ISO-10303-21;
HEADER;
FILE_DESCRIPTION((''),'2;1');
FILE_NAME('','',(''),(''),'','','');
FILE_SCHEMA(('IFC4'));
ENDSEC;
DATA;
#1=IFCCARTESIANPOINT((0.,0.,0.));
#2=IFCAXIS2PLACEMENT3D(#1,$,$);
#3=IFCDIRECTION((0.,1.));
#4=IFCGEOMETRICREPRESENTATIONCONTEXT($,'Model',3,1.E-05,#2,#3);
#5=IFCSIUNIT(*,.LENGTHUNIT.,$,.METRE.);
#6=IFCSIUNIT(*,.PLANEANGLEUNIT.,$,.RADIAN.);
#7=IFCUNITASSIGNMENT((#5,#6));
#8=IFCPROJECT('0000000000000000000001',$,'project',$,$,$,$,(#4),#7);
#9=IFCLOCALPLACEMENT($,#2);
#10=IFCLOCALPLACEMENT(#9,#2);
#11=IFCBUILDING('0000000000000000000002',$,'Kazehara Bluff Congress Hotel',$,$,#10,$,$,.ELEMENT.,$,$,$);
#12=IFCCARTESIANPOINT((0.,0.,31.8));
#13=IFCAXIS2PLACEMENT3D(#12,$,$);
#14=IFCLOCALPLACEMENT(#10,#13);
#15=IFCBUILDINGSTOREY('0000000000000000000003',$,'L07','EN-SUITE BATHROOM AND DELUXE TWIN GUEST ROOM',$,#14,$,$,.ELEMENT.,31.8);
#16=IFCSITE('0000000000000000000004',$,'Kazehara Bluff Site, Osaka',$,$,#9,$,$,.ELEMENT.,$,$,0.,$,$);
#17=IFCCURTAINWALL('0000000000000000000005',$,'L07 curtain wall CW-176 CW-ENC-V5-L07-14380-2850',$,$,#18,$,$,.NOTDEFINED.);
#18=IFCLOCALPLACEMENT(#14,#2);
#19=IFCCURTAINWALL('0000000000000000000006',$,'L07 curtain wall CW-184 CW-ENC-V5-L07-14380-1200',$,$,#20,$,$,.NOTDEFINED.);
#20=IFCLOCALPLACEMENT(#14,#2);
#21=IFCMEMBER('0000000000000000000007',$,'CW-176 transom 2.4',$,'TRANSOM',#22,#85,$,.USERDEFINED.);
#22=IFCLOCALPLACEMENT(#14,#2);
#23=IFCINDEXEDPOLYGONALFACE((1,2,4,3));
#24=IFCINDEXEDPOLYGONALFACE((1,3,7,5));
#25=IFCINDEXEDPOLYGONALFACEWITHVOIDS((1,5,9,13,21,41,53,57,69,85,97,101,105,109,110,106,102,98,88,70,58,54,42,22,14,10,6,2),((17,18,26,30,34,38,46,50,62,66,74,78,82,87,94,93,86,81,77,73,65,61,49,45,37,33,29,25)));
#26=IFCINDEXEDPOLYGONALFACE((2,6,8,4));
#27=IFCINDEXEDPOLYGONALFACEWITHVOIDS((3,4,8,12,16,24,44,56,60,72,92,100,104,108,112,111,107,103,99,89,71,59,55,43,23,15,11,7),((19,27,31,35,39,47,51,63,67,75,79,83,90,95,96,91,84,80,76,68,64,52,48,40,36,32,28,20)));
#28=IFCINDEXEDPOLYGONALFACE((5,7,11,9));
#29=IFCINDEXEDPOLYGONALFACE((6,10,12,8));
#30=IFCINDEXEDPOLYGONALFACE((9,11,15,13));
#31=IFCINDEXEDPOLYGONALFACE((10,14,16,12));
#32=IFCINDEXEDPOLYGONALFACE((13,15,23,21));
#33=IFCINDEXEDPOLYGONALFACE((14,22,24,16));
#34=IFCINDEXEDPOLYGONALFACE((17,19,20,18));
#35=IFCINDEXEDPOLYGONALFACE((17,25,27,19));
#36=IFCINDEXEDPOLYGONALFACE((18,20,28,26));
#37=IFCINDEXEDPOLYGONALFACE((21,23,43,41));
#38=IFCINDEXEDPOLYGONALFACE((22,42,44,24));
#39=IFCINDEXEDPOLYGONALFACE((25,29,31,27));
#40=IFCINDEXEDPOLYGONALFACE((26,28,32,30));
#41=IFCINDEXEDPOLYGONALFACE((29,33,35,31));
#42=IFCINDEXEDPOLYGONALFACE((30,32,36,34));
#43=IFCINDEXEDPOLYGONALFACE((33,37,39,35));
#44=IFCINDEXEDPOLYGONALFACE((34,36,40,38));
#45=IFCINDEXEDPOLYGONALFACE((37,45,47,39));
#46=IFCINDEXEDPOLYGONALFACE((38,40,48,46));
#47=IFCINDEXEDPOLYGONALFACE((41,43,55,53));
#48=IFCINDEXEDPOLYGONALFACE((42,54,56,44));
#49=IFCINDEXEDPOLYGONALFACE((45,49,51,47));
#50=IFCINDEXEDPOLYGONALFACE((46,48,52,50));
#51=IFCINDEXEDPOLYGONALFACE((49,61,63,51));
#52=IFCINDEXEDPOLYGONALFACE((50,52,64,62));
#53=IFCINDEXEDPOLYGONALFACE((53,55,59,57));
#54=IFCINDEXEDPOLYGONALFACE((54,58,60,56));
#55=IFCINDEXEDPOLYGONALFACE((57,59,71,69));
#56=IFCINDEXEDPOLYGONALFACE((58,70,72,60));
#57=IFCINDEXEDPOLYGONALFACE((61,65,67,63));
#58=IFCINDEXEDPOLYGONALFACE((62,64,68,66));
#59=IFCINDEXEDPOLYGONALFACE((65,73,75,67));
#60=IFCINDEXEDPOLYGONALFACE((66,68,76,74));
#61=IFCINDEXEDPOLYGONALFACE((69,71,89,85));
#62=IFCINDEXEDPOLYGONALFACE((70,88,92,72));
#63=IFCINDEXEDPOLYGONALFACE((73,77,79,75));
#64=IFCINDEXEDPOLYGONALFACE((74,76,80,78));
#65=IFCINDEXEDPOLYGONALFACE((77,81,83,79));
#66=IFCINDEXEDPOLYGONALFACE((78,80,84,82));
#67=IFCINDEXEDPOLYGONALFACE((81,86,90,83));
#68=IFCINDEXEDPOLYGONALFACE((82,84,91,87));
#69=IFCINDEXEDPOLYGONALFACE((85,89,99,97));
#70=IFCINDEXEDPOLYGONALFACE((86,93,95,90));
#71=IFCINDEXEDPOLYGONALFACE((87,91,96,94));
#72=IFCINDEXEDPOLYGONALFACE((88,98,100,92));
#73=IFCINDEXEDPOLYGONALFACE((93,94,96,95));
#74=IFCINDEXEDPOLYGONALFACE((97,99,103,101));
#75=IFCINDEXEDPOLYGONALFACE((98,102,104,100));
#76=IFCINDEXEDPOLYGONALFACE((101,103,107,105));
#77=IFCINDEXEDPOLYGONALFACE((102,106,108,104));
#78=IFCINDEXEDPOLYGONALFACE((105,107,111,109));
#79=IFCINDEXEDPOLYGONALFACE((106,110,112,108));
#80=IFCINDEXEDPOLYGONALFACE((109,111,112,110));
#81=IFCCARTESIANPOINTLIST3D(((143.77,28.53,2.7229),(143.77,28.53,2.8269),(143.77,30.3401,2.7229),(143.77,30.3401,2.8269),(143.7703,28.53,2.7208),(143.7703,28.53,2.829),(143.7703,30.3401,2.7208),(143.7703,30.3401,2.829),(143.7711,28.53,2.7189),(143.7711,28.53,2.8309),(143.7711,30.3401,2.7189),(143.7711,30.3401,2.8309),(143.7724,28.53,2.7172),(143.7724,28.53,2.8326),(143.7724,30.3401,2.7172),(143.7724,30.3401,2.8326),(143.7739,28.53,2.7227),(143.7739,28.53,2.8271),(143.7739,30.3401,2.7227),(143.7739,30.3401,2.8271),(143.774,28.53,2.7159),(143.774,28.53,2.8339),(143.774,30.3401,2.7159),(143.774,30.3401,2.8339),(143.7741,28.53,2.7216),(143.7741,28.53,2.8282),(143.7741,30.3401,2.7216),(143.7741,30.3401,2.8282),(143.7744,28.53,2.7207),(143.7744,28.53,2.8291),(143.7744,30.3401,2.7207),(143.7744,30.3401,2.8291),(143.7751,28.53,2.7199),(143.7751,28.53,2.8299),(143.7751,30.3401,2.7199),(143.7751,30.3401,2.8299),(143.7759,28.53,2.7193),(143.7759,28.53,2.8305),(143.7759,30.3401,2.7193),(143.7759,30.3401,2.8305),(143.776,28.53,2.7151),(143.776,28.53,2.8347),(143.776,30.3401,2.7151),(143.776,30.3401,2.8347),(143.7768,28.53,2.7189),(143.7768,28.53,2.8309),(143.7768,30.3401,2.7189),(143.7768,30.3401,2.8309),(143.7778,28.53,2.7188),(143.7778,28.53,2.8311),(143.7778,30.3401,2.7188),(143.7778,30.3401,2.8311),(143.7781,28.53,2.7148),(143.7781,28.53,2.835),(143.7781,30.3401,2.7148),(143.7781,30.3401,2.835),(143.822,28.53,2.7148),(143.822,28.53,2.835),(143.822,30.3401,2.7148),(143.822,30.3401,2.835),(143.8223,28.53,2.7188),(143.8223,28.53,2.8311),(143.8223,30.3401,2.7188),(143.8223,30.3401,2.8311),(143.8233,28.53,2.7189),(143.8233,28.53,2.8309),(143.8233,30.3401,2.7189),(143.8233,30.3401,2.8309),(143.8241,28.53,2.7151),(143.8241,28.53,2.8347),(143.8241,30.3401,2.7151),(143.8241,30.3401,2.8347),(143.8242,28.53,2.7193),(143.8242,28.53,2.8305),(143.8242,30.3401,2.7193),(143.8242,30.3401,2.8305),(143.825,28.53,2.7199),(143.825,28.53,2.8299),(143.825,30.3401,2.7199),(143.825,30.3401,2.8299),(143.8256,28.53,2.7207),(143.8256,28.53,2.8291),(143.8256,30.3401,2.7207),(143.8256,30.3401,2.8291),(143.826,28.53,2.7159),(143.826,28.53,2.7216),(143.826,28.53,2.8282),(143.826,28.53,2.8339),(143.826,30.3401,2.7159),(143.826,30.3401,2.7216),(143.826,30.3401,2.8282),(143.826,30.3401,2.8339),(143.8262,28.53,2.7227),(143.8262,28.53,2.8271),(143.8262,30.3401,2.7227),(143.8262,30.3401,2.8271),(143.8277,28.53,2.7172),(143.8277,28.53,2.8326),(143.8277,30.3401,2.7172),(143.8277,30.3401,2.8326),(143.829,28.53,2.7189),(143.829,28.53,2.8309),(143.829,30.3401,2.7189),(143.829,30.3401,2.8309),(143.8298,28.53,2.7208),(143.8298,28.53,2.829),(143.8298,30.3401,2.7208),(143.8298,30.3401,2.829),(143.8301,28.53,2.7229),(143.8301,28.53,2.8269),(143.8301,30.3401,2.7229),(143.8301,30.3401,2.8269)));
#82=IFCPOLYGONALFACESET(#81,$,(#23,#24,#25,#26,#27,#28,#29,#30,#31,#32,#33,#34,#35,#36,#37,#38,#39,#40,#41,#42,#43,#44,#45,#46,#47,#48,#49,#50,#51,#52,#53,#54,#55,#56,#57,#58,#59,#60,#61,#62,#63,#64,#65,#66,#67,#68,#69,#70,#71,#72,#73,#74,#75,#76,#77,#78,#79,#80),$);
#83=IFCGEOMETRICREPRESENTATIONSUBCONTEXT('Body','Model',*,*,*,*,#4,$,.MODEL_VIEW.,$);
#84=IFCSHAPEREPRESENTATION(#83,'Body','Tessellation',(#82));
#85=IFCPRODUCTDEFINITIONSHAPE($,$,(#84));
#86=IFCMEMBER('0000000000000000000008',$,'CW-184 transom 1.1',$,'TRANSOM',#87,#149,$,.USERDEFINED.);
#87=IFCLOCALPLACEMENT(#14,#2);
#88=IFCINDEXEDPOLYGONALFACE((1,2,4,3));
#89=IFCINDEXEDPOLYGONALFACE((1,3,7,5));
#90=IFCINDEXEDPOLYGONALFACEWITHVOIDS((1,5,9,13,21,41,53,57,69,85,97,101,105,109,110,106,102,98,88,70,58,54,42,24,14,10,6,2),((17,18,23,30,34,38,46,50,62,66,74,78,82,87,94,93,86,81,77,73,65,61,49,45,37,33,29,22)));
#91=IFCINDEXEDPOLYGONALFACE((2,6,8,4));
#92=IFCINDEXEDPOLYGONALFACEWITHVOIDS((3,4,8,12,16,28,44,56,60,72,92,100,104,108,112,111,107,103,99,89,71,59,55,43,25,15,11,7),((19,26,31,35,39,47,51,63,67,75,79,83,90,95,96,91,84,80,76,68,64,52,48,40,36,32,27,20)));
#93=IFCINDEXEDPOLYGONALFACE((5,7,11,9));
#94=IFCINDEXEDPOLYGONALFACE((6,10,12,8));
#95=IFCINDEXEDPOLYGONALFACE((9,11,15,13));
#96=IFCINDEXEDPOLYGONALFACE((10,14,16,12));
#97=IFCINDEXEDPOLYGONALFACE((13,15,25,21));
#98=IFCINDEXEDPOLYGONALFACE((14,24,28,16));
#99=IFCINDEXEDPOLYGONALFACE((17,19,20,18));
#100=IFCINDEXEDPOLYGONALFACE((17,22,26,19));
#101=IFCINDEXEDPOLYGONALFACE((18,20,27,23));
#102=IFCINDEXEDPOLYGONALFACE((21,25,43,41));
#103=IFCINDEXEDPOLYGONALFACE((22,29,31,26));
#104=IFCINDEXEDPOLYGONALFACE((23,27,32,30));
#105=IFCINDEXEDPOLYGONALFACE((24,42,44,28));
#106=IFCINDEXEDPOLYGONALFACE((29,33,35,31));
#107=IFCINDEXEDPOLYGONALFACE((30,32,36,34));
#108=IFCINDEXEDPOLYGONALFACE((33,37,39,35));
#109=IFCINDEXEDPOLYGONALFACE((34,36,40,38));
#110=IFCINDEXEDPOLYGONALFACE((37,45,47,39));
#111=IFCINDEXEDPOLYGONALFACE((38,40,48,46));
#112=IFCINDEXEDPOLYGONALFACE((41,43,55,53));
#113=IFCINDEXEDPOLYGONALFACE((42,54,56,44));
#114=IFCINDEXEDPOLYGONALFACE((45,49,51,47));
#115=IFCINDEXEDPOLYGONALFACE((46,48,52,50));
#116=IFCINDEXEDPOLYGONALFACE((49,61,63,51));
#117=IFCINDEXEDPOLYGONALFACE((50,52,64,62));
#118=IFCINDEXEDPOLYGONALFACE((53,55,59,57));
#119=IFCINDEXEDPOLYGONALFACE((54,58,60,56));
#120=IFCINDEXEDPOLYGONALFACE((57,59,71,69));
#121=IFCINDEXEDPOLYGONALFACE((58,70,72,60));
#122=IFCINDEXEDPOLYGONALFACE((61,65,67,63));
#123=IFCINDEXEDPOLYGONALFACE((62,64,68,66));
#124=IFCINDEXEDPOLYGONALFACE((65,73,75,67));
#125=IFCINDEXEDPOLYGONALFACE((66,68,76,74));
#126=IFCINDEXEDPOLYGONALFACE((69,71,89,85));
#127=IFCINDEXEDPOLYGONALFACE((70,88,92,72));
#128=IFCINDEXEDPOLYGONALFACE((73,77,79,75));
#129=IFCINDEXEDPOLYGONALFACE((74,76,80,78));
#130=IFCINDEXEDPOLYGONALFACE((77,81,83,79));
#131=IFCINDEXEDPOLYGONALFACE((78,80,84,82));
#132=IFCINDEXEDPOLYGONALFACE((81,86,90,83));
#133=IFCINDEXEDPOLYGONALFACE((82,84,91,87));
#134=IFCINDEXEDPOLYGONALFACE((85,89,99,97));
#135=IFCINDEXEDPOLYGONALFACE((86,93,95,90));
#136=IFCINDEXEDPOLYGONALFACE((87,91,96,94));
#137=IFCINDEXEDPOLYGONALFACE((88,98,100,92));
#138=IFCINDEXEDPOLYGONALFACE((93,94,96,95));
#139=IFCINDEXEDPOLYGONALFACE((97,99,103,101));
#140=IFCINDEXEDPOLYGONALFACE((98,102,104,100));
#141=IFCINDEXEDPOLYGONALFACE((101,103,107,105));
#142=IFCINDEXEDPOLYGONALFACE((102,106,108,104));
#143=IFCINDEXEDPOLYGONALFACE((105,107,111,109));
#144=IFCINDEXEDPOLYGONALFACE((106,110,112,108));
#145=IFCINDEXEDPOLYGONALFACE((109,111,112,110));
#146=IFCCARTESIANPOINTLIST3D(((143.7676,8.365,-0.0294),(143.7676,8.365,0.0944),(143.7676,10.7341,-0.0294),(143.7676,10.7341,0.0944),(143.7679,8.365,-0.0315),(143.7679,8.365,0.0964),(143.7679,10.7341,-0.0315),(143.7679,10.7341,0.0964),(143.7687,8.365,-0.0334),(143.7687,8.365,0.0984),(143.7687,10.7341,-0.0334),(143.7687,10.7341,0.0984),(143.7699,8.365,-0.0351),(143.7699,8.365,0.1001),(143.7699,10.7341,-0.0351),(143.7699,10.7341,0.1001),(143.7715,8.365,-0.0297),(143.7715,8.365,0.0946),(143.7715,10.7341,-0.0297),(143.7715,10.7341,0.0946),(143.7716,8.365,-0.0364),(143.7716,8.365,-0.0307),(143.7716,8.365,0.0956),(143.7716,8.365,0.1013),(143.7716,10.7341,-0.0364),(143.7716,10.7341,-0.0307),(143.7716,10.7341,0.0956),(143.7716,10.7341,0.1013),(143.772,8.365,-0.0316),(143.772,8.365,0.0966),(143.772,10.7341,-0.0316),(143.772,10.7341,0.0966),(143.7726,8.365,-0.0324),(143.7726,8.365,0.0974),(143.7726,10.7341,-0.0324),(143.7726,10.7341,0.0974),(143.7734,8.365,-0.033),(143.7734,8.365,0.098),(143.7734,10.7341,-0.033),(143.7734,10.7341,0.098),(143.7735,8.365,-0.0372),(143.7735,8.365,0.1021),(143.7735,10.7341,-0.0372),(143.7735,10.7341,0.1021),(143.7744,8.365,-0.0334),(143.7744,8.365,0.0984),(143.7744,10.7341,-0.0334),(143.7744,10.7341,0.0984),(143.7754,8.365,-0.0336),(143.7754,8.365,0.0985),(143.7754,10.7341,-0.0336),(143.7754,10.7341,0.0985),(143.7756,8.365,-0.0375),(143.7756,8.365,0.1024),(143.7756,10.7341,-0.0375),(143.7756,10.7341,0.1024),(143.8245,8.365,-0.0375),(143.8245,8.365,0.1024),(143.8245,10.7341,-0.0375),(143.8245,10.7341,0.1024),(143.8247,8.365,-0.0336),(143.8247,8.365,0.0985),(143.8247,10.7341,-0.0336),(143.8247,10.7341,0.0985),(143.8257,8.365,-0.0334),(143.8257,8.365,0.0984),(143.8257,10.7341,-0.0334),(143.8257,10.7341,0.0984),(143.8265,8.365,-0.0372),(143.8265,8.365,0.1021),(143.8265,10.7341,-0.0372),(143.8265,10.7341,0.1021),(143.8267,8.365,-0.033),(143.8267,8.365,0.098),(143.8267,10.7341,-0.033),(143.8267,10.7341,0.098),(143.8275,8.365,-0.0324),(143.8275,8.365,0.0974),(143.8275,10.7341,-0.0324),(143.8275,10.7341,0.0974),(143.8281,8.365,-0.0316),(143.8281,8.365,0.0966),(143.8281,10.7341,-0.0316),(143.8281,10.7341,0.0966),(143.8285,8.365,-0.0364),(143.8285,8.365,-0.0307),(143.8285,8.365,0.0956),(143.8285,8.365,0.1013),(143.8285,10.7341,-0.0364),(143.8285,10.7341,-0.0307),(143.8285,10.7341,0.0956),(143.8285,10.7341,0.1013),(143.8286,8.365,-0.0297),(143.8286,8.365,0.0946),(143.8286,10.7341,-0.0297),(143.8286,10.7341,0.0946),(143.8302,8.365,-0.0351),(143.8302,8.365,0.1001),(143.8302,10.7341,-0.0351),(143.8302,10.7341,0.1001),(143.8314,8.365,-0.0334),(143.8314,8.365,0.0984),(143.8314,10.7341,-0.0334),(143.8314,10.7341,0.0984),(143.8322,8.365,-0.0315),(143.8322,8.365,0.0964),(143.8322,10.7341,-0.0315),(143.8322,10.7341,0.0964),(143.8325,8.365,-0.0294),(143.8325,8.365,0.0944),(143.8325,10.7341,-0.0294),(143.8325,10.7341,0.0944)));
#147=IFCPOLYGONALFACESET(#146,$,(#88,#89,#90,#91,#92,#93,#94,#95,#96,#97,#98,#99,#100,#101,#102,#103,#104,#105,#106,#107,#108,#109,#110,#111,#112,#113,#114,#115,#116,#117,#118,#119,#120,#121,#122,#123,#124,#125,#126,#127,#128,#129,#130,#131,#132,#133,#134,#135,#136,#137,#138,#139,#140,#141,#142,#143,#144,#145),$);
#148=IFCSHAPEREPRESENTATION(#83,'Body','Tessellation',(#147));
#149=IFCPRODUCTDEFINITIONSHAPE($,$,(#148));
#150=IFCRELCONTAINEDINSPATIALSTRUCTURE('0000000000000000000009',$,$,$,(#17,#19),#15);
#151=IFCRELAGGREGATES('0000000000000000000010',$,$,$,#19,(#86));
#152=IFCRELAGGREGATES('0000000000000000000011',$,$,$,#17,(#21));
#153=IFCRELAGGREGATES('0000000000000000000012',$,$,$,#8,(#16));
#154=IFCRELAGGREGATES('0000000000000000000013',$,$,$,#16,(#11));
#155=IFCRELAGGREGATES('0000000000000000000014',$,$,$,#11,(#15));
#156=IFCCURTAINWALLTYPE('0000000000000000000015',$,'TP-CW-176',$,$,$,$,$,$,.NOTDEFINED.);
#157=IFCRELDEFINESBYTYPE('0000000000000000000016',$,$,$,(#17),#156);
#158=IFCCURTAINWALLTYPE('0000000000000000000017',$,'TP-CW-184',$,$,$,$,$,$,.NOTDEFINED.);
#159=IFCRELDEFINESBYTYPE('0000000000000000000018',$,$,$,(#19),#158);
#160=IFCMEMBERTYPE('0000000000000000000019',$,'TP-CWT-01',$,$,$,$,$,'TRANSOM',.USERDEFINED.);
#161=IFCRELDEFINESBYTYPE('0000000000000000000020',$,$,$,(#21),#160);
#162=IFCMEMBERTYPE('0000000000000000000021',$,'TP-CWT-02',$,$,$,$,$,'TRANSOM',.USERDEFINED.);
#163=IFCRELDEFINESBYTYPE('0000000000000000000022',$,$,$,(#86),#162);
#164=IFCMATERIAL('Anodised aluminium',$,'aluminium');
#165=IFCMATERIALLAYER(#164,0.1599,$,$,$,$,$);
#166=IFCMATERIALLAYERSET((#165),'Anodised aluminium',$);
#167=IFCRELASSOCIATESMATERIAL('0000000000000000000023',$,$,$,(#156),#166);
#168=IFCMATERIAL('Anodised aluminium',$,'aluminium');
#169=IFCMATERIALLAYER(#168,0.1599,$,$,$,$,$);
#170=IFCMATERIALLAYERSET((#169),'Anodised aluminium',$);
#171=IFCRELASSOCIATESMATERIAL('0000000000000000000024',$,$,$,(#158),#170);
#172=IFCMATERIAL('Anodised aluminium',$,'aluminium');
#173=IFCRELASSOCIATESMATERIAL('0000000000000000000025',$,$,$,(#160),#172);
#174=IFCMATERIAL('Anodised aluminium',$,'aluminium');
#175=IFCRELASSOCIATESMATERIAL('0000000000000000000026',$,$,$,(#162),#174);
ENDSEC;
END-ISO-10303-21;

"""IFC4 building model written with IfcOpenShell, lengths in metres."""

from ifc_helpers import new_model, si_unit, direction, frame, origin, origin_2d, place, context, subcontext, project, spatial, hollow_rectangle, extrude, material, layer, layer_set, material_profile, profile_set, type_object, element, aggregate, save


model = new_model("IFC4")

# Units and contexts
model_context = context("Model", 3, precision=1e-05, world=origin(), true_north=direction((0.0, 1.0)))
body_context = subcontext(model_context, "Body", "Model", "MODEL_VIEW")
ifc_project = project(units=[si_unit("LENGTHUNIT", "METRE"), si_unit("PLANEANGLEUNIT", "RADIAN")], contexts=[model_context])

# Site, building, storey
site_placement = place(None, origin())
site = spatial("IfcSite", under=ifc_project, at=site_placement, Name="Kazehara Bluff Site, Osaka", CompositionType="ELEMENT", RefElevation=0.0)
building_placement = place(site_placement, origin())
building = spatial("IfcBuilding", under=site, at=building_placement, Name="Kazehara Bluff Congress Hotel", CompositionType="ELEMENT")
storey_placement = place(building_placement, frame((0.0, 0.0, 31.8)))
storey = spatial("IfcBuildingStorey", under=building, at=storey_placement, Name="L07", Description="EN-SUITE BATHROOM AND DELUXE TWIN GUEST ROOM", CompositionType="ELEMENT", Elevation=31.8)

# Curtain walls
ifc_material_1 = material(Name="Anodised aluminium", Category="aluminium")
ifc_layer_1 = layer(ifc_material_1, 0.1599)
ifc_layer_set_1 = layer_set([ifc_layer_1], Name="Anodised aluminium")
curtain_wall_type_1 = type_object("IfcCurtainWallType", Name="TP-CW-176", PredefinedType="NOTDEFINED", material=ifc_layer_set_1)
curtain_wall_1_placement = place(storey_placement, origin())
curtain_wall_1 = element("IfcCurtainWall", 1, at=curtain_wall_1_placement, inside=storey, type_object=curtain_wall_type_1, Name="L07 curtain wall CW-176 CW-ENC-V5-L07-14380-2850", PredefinedType="NOTDEFINED")
ifc_material_2 = material(Name="Anodised aluminium", Category="aluminium")
ifc_layer_2 = layer(ifc_material_2, 0.1599)
ifc_layer_set_2 = layer_set([ifc_layer_2], Name="Anodised aluminium")
curtain_wall_type_2 = type_object("IfcCurtainWallType", Name="TP-CW-184", PredefinedType="NOTDEFINED", material=ifc_layer_set_2)
curtain_wall_2_placement = place(storey_placement, origin())
curtain_wall_2 = element("IfcCurtainWall", 2, at=curtain_wall_2_placement, inside=storey, type_object=curtain_wall_type_2, Name="L07 curtain wall CW-184 CW-ENC-V5-L07-14380-1200", PredefinedType="NOTDEFINED")

# Members
ifc_material_3 = material(Name="Anodised aluminium", Category="aluminium")
ifc_material_profile_1 = material_profile(ifc_material_3, hollow_rectangle(XDim=0.0601, YDim=0.1201, WallThickness=0.0039, InnerFilletRadius=0.0039, OuterFilletRadius=0.0081, at=origin_2d()))
ifc_profile_set_1 = profile_set([ifc_material_profile_1], Name="Anodised aluminium")
member_type_1 = type_object("IfcMemberType", Name="TP-CWT-01", ElementType="TRANSOM", PredefinedType="USERDEFINED", material=ifc_profile_set_1)
member_1_placement = place(storey_placement, frame((143.8, 28.53, 2.7749), z_axis=(0.0, 1.0, 0.0), x_axis=(-1.0, 0.0, 0.0)))
member_1 = element("IfcMember", 3, at=member_1_placement, type_object=member_type_1, Name="CW-176 transom 2.4", ObjectType="TRANSOM", PredefinedType="USERDEFINED", context=body_context, shape_type="SweptSolid", body=[
    extrude(hollow_rectangle(XDim=0.0601, YDim=0.1201, WallThickness=0.0039, InnerFilletRadius=0.0039, OuterFilletRadius=0.0081, at=origin_2d()), origin(), (0.0, 0.0, 1.0), 1.8101),
])
ifc_material_4 = material(Name="Anodised aluminium", Category="aluminium")
ifc_material_profile_2 = material_profile(ifc_material_4, hollow_rectangle(XDim=0.0649, YDim=0.1399, WallThickness=0.0039, InnerFilletRadius=0.0039, OuterFilletRadius=0.0081, at=origin_2d()))
ifc_profile_set_2 = profile_set([ifc_material_profile_2], Name="Anodised aluminium")
member_type_2 = type_object("IfcMemberType", Name="TP-CWT-02", ElementType="TRANSOM", PredefinedType="USERDEFINED", material=ifc_profile_set_2)
member_2_placement = place(storey_placement, frame((143.8, 8.365, 0.0325), z_axis=(0.0, 1.0, 0.0), x_axis=(-1.0, 0.0, 0.0)))
member_2 = element("IfcMember", 4, at=member_2_placement, type_object=member_type_2, Name="CW-184 transom 1.1", ObjectType="TRANSOM", PredefinedType="USERDEFINED", context=body_context, shape_type="SweptSolid", body=[
    extrude(hollow_rectangle(XDim=0.0649, YDim=0.1399, WallThickness=0.0039, InnerFilletRadius=0.0039, OuterFilletRadius=0.0081, at=origin_2d()), origin(), (0.0, 0.0, 1.0), 2.3691),
])

aggregate(curtain_wall_2, [member_2])
aggregate(curtain_wall_1, [member_1])

save(model, "model.ifc")
